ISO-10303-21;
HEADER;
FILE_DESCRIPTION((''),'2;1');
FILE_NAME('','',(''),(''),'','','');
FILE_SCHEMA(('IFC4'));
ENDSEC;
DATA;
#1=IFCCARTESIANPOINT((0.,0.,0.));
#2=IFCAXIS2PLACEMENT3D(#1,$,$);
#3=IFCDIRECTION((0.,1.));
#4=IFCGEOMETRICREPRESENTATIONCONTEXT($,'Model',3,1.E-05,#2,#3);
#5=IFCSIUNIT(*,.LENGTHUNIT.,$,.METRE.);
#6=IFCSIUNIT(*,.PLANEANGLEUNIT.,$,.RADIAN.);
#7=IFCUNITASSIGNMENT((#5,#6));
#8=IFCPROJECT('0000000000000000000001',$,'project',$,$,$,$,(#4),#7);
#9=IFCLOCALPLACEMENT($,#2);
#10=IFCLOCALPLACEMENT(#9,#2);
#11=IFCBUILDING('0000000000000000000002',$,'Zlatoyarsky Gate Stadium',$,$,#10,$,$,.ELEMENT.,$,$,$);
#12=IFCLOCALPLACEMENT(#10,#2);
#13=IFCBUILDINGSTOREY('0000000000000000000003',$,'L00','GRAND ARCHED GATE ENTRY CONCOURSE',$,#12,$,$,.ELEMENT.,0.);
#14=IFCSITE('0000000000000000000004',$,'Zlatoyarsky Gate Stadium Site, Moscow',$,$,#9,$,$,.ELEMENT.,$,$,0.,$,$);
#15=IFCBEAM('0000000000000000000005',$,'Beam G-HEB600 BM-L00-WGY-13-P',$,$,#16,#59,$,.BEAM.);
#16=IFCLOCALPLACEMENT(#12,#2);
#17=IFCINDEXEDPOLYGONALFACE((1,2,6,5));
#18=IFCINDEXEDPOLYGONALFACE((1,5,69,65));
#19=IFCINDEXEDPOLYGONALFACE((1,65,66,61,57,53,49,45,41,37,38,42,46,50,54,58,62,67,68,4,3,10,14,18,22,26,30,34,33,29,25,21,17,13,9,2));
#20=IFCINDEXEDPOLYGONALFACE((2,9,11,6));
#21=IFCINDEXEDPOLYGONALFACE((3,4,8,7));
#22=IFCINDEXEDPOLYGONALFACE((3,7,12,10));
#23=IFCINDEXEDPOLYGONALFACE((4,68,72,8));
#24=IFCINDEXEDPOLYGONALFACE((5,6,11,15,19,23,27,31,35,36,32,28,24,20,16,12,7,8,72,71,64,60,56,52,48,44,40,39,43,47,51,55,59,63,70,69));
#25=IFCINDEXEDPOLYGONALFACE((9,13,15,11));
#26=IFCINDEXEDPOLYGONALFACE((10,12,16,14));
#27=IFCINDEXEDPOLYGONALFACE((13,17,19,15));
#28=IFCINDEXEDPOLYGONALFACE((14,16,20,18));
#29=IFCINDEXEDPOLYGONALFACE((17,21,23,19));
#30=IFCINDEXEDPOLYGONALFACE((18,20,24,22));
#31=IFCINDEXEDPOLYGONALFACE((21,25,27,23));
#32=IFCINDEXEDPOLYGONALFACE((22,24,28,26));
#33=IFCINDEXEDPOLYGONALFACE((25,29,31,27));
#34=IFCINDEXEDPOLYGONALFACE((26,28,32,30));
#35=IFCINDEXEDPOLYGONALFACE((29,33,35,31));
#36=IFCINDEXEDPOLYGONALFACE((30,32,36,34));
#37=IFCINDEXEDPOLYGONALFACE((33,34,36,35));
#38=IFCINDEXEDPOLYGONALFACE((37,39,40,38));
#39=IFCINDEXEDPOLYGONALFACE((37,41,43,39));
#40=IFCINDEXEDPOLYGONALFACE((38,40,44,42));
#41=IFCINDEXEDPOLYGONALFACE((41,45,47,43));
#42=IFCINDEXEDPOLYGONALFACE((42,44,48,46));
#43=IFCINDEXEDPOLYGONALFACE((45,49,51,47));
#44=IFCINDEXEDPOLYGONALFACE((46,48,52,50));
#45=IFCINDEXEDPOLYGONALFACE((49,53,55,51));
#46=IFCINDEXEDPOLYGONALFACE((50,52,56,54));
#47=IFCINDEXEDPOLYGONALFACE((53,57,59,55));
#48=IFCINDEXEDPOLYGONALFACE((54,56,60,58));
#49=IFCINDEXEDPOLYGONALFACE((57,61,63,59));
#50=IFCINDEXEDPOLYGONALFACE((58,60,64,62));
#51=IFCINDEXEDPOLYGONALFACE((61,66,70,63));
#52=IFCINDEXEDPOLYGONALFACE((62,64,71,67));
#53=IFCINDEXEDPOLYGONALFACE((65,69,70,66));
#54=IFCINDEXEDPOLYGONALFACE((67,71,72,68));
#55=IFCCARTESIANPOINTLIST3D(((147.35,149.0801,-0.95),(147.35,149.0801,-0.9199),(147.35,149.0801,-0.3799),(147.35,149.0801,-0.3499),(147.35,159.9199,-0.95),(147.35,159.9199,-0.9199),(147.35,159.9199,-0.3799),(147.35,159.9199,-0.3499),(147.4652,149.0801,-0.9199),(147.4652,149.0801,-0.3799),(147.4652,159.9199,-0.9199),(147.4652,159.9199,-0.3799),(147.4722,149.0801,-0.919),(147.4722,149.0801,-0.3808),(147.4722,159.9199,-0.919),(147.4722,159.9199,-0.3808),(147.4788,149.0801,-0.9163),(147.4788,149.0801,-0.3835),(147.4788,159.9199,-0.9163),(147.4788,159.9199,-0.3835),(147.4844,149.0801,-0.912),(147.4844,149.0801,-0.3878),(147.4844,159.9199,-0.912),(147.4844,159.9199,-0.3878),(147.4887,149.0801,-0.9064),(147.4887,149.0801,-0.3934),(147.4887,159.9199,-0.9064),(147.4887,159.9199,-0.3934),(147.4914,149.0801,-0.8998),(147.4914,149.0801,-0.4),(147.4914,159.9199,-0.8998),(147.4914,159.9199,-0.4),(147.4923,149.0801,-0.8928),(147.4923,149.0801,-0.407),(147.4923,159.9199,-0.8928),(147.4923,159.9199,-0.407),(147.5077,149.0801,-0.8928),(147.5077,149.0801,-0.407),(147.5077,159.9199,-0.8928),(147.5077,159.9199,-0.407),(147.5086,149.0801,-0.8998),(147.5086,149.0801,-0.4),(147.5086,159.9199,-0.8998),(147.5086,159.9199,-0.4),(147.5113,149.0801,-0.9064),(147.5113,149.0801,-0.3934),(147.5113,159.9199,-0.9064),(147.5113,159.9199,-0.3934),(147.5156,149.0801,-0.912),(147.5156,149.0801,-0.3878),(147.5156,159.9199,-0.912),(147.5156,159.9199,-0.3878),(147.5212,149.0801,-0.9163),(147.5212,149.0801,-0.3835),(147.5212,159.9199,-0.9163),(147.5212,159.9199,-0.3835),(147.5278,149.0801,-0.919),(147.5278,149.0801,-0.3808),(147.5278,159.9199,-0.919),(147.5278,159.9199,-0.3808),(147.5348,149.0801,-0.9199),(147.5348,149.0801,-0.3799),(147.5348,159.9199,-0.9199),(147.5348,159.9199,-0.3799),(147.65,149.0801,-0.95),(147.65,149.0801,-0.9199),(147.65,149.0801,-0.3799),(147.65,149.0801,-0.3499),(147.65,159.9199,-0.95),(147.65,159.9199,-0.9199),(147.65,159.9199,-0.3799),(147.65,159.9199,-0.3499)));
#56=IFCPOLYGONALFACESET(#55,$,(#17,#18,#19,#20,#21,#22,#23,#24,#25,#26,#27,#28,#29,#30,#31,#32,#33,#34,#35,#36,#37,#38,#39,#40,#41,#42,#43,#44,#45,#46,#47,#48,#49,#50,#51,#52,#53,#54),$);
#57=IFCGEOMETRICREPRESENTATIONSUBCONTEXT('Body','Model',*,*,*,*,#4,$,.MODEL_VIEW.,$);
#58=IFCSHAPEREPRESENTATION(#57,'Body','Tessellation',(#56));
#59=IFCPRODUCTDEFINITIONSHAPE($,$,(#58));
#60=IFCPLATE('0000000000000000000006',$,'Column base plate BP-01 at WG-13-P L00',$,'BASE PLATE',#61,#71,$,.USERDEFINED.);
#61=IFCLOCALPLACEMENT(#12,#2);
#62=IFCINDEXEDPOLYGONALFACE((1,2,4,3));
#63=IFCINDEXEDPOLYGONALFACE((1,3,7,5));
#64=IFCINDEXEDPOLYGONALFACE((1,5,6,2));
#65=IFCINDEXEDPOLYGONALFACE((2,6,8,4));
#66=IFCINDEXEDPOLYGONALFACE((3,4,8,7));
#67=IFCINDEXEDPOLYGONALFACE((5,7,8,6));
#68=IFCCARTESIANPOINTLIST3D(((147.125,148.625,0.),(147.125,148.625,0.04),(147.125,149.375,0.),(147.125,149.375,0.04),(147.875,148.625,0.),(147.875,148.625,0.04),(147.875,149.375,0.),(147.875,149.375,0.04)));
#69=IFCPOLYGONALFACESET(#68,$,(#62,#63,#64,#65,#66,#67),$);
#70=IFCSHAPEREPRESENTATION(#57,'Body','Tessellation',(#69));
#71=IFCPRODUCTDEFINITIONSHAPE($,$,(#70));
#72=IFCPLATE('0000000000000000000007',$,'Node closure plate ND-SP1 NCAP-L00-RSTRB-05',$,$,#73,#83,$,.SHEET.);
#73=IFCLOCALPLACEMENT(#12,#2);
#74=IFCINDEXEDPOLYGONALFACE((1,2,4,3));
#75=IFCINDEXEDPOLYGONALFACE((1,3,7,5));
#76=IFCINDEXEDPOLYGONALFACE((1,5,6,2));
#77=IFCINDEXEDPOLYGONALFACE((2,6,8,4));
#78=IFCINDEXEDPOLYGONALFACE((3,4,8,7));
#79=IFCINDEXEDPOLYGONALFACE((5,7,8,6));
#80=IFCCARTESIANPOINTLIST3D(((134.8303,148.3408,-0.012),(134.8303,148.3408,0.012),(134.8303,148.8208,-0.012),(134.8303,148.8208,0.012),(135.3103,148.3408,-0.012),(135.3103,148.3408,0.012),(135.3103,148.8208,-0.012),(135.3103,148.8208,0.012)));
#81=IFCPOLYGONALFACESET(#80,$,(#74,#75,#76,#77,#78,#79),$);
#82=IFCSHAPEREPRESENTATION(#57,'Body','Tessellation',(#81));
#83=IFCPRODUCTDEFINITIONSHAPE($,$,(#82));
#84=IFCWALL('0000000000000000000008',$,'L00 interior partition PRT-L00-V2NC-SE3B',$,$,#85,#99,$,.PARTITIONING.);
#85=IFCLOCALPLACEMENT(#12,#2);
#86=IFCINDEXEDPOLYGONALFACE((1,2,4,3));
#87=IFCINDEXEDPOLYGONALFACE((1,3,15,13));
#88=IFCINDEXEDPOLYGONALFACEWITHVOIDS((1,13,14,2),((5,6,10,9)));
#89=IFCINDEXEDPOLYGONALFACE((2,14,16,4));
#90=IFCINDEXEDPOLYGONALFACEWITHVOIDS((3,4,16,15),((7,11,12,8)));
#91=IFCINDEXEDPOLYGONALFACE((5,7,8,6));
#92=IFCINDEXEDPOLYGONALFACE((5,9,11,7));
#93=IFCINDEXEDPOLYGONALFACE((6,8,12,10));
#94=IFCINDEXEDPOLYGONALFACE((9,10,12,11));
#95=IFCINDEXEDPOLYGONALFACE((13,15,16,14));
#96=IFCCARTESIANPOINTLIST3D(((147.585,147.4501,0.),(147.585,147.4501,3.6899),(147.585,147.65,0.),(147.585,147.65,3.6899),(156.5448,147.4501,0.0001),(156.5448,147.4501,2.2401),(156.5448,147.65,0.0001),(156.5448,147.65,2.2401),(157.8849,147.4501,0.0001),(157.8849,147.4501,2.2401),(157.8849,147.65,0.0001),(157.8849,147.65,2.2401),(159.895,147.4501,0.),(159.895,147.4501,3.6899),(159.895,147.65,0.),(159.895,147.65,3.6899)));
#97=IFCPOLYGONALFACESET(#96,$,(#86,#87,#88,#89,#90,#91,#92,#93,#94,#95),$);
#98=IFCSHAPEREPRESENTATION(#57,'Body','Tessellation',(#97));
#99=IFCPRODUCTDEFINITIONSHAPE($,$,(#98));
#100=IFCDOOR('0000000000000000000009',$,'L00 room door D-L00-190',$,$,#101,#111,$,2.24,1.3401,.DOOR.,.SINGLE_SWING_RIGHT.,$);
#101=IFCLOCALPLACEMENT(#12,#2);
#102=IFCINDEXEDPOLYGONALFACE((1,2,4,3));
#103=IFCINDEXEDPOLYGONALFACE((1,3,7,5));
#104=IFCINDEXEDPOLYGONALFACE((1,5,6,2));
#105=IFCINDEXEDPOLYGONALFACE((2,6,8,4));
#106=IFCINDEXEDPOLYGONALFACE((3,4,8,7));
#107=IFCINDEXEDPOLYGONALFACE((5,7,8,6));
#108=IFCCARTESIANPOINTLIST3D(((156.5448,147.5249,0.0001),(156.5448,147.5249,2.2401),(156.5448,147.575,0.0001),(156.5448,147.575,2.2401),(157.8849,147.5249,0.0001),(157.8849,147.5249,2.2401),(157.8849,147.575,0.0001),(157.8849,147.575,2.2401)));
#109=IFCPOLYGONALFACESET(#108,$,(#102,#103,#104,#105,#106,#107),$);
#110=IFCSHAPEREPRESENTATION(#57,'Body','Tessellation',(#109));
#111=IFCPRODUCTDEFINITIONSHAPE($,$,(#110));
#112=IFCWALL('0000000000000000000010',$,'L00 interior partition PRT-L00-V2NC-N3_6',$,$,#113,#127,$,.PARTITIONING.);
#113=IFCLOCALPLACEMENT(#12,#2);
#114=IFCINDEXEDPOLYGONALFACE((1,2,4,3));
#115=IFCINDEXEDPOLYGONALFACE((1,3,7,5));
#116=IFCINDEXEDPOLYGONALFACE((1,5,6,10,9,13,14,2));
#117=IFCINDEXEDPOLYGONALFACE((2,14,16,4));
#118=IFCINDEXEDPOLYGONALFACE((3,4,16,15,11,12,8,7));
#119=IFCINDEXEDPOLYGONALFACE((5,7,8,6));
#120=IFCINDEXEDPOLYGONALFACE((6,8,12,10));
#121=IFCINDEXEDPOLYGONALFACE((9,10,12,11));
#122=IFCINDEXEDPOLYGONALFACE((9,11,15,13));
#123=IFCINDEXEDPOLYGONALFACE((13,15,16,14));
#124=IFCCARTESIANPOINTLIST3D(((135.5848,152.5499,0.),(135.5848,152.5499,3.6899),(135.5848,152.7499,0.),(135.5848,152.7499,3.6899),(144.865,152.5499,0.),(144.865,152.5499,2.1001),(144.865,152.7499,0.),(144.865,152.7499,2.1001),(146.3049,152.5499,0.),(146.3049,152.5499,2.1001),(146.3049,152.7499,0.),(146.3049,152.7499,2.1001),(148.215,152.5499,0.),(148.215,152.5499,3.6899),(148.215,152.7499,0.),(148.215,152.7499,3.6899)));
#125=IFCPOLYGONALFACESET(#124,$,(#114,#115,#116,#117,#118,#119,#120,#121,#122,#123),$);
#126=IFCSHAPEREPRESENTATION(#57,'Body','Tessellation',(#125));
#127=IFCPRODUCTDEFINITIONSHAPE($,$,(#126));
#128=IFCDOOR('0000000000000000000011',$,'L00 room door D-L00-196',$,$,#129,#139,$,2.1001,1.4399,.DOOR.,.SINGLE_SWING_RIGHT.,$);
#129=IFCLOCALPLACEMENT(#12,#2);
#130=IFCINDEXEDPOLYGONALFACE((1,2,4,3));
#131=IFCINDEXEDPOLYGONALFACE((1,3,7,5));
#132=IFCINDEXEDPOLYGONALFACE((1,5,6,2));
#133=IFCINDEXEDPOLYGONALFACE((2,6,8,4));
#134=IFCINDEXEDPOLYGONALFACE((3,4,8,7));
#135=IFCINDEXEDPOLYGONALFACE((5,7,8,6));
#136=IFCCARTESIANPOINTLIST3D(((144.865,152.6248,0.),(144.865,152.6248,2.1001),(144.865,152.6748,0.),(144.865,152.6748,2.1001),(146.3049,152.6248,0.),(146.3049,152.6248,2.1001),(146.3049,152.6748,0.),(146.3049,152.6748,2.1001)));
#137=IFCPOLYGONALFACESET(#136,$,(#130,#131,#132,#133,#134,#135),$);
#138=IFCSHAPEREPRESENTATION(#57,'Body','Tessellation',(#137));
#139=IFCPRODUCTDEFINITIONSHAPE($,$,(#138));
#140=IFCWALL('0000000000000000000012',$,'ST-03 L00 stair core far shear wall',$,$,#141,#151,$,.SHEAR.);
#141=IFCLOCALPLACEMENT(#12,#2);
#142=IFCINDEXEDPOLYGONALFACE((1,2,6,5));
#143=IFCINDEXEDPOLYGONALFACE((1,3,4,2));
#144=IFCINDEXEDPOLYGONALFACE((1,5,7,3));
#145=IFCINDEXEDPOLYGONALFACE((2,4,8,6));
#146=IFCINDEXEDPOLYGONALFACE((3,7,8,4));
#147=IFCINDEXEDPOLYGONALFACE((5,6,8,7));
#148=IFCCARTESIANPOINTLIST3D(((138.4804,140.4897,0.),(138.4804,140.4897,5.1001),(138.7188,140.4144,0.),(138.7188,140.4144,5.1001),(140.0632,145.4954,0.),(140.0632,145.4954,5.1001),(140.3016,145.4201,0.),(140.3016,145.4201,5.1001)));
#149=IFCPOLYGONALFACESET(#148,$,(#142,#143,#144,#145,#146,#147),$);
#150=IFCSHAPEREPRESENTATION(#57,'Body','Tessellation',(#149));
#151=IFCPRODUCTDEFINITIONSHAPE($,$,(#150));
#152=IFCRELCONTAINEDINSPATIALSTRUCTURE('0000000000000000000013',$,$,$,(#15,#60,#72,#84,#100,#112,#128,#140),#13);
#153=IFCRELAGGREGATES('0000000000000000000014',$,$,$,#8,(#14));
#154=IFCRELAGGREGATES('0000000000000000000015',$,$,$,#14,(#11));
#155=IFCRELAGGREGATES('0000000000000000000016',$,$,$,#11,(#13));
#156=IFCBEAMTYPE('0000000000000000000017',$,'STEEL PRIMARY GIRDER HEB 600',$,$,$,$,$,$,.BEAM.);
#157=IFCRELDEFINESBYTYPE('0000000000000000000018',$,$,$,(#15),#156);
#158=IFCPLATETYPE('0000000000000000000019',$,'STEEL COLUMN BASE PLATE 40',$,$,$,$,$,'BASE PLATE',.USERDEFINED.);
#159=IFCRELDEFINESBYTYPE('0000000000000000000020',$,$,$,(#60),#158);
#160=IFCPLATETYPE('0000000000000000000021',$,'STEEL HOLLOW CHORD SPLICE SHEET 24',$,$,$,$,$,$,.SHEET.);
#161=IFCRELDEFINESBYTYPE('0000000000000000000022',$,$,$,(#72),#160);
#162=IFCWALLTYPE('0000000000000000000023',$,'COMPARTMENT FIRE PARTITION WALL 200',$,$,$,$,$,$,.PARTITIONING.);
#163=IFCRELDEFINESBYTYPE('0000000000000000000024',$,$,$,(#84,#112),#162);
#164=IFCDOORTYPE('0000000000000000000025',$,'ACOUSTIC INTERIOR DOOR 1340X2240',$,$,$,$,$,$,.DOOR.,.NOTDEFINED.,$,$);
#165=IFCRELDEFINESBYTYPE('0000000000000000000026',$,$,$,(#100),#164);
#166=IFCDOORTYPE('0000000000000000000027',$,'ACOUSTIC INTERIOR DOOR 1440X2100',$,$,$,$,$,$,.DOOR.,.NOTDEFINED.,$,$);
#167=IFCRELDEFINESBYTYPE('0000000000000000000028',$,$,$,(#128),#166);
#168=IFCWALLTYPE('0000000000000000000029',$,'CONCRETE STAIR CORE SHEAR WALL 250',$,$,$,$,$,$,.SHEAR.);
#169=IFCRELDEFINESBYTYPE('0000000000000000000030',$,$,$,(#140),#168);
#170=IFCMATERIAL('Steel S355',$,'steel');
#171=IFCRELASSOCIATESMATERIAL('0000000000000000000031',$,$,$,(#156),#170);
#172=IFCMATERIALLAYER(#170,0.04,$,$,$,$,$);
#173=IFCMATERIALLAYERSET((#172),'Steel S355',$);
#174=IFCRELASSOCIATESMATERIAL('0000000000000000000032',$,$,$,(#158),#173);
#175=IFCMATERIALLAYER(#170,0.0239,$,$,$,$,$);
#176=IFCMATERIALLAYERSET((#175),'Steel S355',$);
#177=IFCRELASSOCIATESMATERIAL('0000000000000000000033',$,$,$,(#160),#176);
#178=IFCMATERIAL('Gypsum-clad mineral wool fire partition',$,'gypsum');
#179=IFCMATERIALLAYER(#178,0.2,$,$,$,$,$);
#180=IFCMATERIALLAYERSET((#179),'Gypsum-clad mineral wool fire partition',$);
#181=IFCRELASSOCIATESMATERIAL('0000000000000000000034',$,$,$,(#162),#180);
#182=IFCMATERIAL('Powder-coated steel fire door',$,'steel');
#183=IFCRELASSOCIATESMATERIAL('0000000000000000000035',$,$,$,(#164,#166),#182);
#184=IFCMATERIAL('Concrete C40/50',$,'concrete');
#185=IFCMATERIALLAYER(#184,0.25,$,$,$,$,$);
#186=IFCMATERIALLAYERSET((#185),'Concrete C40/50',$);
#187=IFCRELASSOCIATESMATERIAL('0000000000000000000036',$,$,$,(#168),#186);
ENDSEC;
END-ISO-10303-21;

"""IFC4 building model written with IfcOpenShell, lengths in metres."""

from ifc_helpers import new_model, si_unit, direction, frame, frame_2d, origin, origin_2d, place, context, subcontext, project, spatial, rectangle, i_section, extrude, material, layer, layer_set, material_profile, profile_set, type_object, element, fill, save


model = new_model("IFC4")

# Units and contexts
model_context = context("Model", 3, precision=1e-05, world=origin(), true_north=direction((0.0, 1.0)))
body_context = subcontext(model_context, "Body", "Model", "MODEL_VIEW")
ifc_project = project(units=[si_unit("LENGTHUNIT", "METRE"), si_unit("PLANEANGLEUNIT", "RADIAN")], contexts=[model_context])

# Site, building, storey
site_placement = place(None, origin())
site = spatial("IfcSite", under=ifc_project, at=site_placement, Name="Zlatoyarsky Gate Stadium Site, Moscow", CompositionType="ELEMENT", RefElevation=0.0)
building_placement = place(site_placement, origin())
building = spatial("IfcBuilding", under=site, at=building_placement, Name="Zlatoyarsky Gate Stadium", CompositionType="ELEMENT")
storey_placement = place(building_placement, origin())
storey = spatial("IfcBuildingStorey", under=building, at=storey_placement, Name="L00", Description="GRAND ARCHED GATE ENTRY CONCOURSE", CompositionType="ELEMENT", Elevation=0.0)

# Shared definitions
ifc_material_1 = material(Name="Concrete C40/50", Category="concrete")
ifc_material_2 = material(Name="Steel S355", Category="steel")

# Beam
ifc_material_profile_1 = material_profile(ifc_material_2, i_section(OverallWidth=0.3, OverallDepth=0.6001, WebThickness=0.0154, FlangeThickness=0.03, FilletRadius=0.0271, at=origin_2d()), Name="HEB 600")
ifc_profile_set_1 = profile_set([ifc_material_profile_1], Name="Steel S355")
beam_type_1 = type_object("IfcBeamType", Name="STEEL PRIMARY GIRDER HEB 600", PredefinedType="BEAM", material=ifc_profile_set_1)
beam_1_placement = place(storey_placement, frame((147.5, 149.0801, -0.6499), z_axis=(0.0, 1.0, 0.0), x_axis=(-1.0, 0.0, 0.0)))
element("IfcBeam", 1, at=beam_1_placement, inside=storey, type_object=beam_type_1, Name="Beam G-HEB600 BM-L00-WGY-13-P", PredefinedType="BEAM", context=body_context, shape_type="SweptSolid", body=[
    extrude(i_section(OverallWidth=0.3, OverallDepth=0.6001, WebThickness=0.0154, FlangeThickness=0.03, FilletRadius=0.0271, at=origin_2d()), origin(), (0.0, 0.0, 1.0), 10.8398),
])

# Plates
ifc_layer_1 = layer(ifc_material_2, 0.04)
ifc_layer_set_1 = layer_set([ifc_layer_1], Name="Steel S355")
plate_type_1 = type_object("IfcPlateType", Name="STEEL COLUMN BASE PLATE 40", ElementType="BASE PLATE", PredefinedType="USERDEFINED", material=ifc_layer_set_1)
plate_1_placement = place(storey_placement, frame((147.5, 149.0, 0.0), z_axis=(0.0, 0.0, 1.0), x_axis=(1.0, 0.0, 0.0)))
element("IfcPlate", 2, at=plate_1_placement, inside=storey, type_object=plate_type_1, Name="Column base plate BP-01 at WG-13-P L00", ObjectType="BASE PLATE", PredefinedType="USERDEFINED", context=body_context, shape_type="SweptSolid", body=[
    extrude(rectangle(XDim=0.75, YDim=0.75, at=origin_2d()), origin(), (0.0, 0.0, 1.0), 0.04),
])
ifc_layer_2 = layer(ifc_material_2, 0.0239)
ifc_layer_set_2 = layer_set([ifc_layer_2], Name="Steel S355")
plate_type_2 = type_object("IfcPlateType", Name="STEEL HOLLOW CHORD SPLICE SHEET 24", PredefinedType="SHEET", material=ifc_layer_set_2)
plate_2_placement = place(storey_placement, frame((135.0703, 148.5808, -0.012), z_axis=(0.0, 0.0, 1.0), x_axis=(1.0, 0.0, 0.0)))
element("IfcPlate", 3, at=plate_2_placement, inside=storey, type_object=plate_type_2, Name="Node closure plate ND-SP1 NCAP-L00-RSTRB-05", PredefinedType="SHEET", context=body_context, shape_type="SweptSolid", body=[
    extrude(rectangle(XDim=0.48, YDim=0.48, at=origin_2d()), origin(), (0.0, 0.0, 1.0), 0.0239),
])

# Walls, openings, doors
ifc_material_3 = material(Name="Gypsum-clad mineral wool fire partition", Category="gypsum")
ifc_layer_3 = layer(ifc_material_3, 0.2)
ifc_layer_set_3 = layer_set([ifc_layer_3], Name="Gypsum-clad mineral wool fire partition")
wall_type_1 = type_object("IfcWallType", Name="COMPARTMENT FIRE PARTITION WALL 200", PredefinedType="PARTITIONING", material=ifc_layer_set_3)
wall_1_placement = place(storey_placement, frame((147.585, 147.55, 0.0), z_axis=(0.0, 0.0, 1.0), x_axis=(1.0, 0.0, 0.0)))
wall_1 = element("IfcWall", 4, at=wall_1_placement, inside=storey, type_object=wall_type_1, Name="L00 interior partition PRT-L00-V2NC-SE3B", PredefinedType="PARTITIONING", context=body_context, shape_type="SweptSolid", body=[
    extrude(rectangle(XDim=12.3101, YDim=0.2, at=frame_2d((6.155, 0.0))), origin(), (0.0, 0.0, 1.0), 3.6899),
])
opening_1_placement = place(wall_1_placement, frame((8.96, 0.0, 0.0)))
opening_1 = element("IfcOpeningElement", 5, at=opening_1_placement, cuts=wall_1, PredefinedType="OPENING", context=body_context, shape_type="SweptSolid", body=[
    extrude(rectangle(XDim=1.3401, YDim=2.24, at=frame_2d((0.6699, 1.1201))), frame((0.0, 0.1099, 0.0), z_axis=(0.0, -1.0, 0.0), x_axis=(1.0, 0.0, 0.0)), (0.0, 0.0, 1.0), 0.22),
])
ifc_material_4 = material(Name="Powder-coated steel fire door", Category="steel")
door_type_1 = type_object("IfcDoorType", Name="ACOUSTIC INTERIOR DOOR 1340X2240", OperationType="NOTDEFINED", PredefinedType="DOOR", material=ifc_material_4)
door_1_placement = place(opening_1_placement, origin())
door_1 = element("IfcDoor", 6, at=door_1_placement, inside=storey, type_object=door_type_1, Name="L00 room door D-L00-190", OperationType="SINGLE_SWING_RIGHT", OverallHeight=2.24, OverallWidth=1.3401, PredefinedType="DOOR", context=body_context, shape_type="SweptSolid", body=[
    extrude(rectangle(XDim=1.3401, YDim=2.24, at=frame_2d((0.6699, 1.1201))), frame((0.0, 0.0249, 0.0), z_axis=(0.0, -1.0, 0.0), x_axis=(1.0, 0.0, 0.0)), (0.0, 0.0, 1.0), 0.05),
])
fill(opening_1, door_1)
wall_2_placement = place(storey_placement, frame((135.585, 152.6499, 0.0), z_axis=(0.0, 0.0, 1.0), x_axis=(1.0, 0.0, 0.0)))
wall_2 = element("IfcWall", 7, at=wall_2_placement, inside=storey, type_object=wall_type_1, Name="L00 interior partition PRT-L00-V2NC-N3_6", PredefinedType="PARTITIONING", context=body_context, shape_type="SweptSolid", body=[
    extrude(rectangle(XDim=12.6301, YDim=0.2, at=frame_2d((6.3149, 0.0))), origin(), (0.0, 0.0, 1.0), 3.6899),
])
opening_2_placement = place(wall_2_placement, frame((9.28, 0.0, 0.0)))
opening_2 = element("IfcOpeningElement", 8, at=opening_2_placement, cuts=wall_2, PredefinedType="OPENING", context=body_context, shape_type="SweptSolid", body=[
    extrude(rectangle(XDim=1.4399, YDim=2.1001, at=frame_2d((0.72, 1.05))), frame((0.0, 0.1099, 0.0), z_axis=(0.0, -1.0, 0.0), x_axis=(1.0, 0.0, 0.0)), (0.0, 0.0, 1.0), 0.22),
])
door_type_2 = type_object("IfcDoorType", Name="ACOUSTIC INTERIOR DOOR 1440X2100", OperationType="NOTDEFINED", PredefinedType="DOOR", material=ifc_material_4)
door_2_placement = place(opening_2_placement, origin())
door_2 = element("IfcDoor", 9, at=door_2_placement, inside=storey, type_object=door_type_2, Name="L00 room door D-L00-196", OperationType="SINGLE_SWING_RIGHT", OverallHeight=2.1001, OverallWidth=1.4399, PredefinedType="DOOR", context=body_context, shape_type="SweptSolid", body=[
    extrude(rectangle(XDim=1.4399, YDim=2.1001, at=frame_2d((0.72, 1.05))), frame((0.0, 0.0249, 0.0), z_axis=(0.0, -1.0, 0.0), x_axis=(1.0, 0.0, 0.0)), (0.0, 0.0, 1.0), 0.05),
])
fill(opening_2, door_2)

# Wall
ifc_layer_4 = layer(ifc_material_1, 0.25)
ifc_layer_set_4 = layer_set([ifc_layer_4], Name="Concrete C40/50")
wall_type_2 = type_object("IfcWallType", Name="CONCRETE STAIR CORE SHEAR WALL 250", PredefinedType="SHEAR", material=ifc_layer_set_4)
wall_3_placement = place(storey_placement, frame((140.1824, 145.4578, 0.0), z_axis=(0.0, 0.0, 1.0), x_axis=(-0.301485, -0.953471, 0.0)))
element("IfcWall", 10, at=wall_3_placement, inside=storey, type_object=wall_type_2, Name="ST-03 L00 stair core far shear wall", PredefinedType="SHEAR", context=body_context, shape_type="SweptSolid", body=[
    extrude(rectangle(XDim=5.25, YDim=0.25, at=frame_2d((2.625, 0.0))), origin(), (0.0, 0.0, 1.0), 5.1001),
])

save(model, "model.ifc")
